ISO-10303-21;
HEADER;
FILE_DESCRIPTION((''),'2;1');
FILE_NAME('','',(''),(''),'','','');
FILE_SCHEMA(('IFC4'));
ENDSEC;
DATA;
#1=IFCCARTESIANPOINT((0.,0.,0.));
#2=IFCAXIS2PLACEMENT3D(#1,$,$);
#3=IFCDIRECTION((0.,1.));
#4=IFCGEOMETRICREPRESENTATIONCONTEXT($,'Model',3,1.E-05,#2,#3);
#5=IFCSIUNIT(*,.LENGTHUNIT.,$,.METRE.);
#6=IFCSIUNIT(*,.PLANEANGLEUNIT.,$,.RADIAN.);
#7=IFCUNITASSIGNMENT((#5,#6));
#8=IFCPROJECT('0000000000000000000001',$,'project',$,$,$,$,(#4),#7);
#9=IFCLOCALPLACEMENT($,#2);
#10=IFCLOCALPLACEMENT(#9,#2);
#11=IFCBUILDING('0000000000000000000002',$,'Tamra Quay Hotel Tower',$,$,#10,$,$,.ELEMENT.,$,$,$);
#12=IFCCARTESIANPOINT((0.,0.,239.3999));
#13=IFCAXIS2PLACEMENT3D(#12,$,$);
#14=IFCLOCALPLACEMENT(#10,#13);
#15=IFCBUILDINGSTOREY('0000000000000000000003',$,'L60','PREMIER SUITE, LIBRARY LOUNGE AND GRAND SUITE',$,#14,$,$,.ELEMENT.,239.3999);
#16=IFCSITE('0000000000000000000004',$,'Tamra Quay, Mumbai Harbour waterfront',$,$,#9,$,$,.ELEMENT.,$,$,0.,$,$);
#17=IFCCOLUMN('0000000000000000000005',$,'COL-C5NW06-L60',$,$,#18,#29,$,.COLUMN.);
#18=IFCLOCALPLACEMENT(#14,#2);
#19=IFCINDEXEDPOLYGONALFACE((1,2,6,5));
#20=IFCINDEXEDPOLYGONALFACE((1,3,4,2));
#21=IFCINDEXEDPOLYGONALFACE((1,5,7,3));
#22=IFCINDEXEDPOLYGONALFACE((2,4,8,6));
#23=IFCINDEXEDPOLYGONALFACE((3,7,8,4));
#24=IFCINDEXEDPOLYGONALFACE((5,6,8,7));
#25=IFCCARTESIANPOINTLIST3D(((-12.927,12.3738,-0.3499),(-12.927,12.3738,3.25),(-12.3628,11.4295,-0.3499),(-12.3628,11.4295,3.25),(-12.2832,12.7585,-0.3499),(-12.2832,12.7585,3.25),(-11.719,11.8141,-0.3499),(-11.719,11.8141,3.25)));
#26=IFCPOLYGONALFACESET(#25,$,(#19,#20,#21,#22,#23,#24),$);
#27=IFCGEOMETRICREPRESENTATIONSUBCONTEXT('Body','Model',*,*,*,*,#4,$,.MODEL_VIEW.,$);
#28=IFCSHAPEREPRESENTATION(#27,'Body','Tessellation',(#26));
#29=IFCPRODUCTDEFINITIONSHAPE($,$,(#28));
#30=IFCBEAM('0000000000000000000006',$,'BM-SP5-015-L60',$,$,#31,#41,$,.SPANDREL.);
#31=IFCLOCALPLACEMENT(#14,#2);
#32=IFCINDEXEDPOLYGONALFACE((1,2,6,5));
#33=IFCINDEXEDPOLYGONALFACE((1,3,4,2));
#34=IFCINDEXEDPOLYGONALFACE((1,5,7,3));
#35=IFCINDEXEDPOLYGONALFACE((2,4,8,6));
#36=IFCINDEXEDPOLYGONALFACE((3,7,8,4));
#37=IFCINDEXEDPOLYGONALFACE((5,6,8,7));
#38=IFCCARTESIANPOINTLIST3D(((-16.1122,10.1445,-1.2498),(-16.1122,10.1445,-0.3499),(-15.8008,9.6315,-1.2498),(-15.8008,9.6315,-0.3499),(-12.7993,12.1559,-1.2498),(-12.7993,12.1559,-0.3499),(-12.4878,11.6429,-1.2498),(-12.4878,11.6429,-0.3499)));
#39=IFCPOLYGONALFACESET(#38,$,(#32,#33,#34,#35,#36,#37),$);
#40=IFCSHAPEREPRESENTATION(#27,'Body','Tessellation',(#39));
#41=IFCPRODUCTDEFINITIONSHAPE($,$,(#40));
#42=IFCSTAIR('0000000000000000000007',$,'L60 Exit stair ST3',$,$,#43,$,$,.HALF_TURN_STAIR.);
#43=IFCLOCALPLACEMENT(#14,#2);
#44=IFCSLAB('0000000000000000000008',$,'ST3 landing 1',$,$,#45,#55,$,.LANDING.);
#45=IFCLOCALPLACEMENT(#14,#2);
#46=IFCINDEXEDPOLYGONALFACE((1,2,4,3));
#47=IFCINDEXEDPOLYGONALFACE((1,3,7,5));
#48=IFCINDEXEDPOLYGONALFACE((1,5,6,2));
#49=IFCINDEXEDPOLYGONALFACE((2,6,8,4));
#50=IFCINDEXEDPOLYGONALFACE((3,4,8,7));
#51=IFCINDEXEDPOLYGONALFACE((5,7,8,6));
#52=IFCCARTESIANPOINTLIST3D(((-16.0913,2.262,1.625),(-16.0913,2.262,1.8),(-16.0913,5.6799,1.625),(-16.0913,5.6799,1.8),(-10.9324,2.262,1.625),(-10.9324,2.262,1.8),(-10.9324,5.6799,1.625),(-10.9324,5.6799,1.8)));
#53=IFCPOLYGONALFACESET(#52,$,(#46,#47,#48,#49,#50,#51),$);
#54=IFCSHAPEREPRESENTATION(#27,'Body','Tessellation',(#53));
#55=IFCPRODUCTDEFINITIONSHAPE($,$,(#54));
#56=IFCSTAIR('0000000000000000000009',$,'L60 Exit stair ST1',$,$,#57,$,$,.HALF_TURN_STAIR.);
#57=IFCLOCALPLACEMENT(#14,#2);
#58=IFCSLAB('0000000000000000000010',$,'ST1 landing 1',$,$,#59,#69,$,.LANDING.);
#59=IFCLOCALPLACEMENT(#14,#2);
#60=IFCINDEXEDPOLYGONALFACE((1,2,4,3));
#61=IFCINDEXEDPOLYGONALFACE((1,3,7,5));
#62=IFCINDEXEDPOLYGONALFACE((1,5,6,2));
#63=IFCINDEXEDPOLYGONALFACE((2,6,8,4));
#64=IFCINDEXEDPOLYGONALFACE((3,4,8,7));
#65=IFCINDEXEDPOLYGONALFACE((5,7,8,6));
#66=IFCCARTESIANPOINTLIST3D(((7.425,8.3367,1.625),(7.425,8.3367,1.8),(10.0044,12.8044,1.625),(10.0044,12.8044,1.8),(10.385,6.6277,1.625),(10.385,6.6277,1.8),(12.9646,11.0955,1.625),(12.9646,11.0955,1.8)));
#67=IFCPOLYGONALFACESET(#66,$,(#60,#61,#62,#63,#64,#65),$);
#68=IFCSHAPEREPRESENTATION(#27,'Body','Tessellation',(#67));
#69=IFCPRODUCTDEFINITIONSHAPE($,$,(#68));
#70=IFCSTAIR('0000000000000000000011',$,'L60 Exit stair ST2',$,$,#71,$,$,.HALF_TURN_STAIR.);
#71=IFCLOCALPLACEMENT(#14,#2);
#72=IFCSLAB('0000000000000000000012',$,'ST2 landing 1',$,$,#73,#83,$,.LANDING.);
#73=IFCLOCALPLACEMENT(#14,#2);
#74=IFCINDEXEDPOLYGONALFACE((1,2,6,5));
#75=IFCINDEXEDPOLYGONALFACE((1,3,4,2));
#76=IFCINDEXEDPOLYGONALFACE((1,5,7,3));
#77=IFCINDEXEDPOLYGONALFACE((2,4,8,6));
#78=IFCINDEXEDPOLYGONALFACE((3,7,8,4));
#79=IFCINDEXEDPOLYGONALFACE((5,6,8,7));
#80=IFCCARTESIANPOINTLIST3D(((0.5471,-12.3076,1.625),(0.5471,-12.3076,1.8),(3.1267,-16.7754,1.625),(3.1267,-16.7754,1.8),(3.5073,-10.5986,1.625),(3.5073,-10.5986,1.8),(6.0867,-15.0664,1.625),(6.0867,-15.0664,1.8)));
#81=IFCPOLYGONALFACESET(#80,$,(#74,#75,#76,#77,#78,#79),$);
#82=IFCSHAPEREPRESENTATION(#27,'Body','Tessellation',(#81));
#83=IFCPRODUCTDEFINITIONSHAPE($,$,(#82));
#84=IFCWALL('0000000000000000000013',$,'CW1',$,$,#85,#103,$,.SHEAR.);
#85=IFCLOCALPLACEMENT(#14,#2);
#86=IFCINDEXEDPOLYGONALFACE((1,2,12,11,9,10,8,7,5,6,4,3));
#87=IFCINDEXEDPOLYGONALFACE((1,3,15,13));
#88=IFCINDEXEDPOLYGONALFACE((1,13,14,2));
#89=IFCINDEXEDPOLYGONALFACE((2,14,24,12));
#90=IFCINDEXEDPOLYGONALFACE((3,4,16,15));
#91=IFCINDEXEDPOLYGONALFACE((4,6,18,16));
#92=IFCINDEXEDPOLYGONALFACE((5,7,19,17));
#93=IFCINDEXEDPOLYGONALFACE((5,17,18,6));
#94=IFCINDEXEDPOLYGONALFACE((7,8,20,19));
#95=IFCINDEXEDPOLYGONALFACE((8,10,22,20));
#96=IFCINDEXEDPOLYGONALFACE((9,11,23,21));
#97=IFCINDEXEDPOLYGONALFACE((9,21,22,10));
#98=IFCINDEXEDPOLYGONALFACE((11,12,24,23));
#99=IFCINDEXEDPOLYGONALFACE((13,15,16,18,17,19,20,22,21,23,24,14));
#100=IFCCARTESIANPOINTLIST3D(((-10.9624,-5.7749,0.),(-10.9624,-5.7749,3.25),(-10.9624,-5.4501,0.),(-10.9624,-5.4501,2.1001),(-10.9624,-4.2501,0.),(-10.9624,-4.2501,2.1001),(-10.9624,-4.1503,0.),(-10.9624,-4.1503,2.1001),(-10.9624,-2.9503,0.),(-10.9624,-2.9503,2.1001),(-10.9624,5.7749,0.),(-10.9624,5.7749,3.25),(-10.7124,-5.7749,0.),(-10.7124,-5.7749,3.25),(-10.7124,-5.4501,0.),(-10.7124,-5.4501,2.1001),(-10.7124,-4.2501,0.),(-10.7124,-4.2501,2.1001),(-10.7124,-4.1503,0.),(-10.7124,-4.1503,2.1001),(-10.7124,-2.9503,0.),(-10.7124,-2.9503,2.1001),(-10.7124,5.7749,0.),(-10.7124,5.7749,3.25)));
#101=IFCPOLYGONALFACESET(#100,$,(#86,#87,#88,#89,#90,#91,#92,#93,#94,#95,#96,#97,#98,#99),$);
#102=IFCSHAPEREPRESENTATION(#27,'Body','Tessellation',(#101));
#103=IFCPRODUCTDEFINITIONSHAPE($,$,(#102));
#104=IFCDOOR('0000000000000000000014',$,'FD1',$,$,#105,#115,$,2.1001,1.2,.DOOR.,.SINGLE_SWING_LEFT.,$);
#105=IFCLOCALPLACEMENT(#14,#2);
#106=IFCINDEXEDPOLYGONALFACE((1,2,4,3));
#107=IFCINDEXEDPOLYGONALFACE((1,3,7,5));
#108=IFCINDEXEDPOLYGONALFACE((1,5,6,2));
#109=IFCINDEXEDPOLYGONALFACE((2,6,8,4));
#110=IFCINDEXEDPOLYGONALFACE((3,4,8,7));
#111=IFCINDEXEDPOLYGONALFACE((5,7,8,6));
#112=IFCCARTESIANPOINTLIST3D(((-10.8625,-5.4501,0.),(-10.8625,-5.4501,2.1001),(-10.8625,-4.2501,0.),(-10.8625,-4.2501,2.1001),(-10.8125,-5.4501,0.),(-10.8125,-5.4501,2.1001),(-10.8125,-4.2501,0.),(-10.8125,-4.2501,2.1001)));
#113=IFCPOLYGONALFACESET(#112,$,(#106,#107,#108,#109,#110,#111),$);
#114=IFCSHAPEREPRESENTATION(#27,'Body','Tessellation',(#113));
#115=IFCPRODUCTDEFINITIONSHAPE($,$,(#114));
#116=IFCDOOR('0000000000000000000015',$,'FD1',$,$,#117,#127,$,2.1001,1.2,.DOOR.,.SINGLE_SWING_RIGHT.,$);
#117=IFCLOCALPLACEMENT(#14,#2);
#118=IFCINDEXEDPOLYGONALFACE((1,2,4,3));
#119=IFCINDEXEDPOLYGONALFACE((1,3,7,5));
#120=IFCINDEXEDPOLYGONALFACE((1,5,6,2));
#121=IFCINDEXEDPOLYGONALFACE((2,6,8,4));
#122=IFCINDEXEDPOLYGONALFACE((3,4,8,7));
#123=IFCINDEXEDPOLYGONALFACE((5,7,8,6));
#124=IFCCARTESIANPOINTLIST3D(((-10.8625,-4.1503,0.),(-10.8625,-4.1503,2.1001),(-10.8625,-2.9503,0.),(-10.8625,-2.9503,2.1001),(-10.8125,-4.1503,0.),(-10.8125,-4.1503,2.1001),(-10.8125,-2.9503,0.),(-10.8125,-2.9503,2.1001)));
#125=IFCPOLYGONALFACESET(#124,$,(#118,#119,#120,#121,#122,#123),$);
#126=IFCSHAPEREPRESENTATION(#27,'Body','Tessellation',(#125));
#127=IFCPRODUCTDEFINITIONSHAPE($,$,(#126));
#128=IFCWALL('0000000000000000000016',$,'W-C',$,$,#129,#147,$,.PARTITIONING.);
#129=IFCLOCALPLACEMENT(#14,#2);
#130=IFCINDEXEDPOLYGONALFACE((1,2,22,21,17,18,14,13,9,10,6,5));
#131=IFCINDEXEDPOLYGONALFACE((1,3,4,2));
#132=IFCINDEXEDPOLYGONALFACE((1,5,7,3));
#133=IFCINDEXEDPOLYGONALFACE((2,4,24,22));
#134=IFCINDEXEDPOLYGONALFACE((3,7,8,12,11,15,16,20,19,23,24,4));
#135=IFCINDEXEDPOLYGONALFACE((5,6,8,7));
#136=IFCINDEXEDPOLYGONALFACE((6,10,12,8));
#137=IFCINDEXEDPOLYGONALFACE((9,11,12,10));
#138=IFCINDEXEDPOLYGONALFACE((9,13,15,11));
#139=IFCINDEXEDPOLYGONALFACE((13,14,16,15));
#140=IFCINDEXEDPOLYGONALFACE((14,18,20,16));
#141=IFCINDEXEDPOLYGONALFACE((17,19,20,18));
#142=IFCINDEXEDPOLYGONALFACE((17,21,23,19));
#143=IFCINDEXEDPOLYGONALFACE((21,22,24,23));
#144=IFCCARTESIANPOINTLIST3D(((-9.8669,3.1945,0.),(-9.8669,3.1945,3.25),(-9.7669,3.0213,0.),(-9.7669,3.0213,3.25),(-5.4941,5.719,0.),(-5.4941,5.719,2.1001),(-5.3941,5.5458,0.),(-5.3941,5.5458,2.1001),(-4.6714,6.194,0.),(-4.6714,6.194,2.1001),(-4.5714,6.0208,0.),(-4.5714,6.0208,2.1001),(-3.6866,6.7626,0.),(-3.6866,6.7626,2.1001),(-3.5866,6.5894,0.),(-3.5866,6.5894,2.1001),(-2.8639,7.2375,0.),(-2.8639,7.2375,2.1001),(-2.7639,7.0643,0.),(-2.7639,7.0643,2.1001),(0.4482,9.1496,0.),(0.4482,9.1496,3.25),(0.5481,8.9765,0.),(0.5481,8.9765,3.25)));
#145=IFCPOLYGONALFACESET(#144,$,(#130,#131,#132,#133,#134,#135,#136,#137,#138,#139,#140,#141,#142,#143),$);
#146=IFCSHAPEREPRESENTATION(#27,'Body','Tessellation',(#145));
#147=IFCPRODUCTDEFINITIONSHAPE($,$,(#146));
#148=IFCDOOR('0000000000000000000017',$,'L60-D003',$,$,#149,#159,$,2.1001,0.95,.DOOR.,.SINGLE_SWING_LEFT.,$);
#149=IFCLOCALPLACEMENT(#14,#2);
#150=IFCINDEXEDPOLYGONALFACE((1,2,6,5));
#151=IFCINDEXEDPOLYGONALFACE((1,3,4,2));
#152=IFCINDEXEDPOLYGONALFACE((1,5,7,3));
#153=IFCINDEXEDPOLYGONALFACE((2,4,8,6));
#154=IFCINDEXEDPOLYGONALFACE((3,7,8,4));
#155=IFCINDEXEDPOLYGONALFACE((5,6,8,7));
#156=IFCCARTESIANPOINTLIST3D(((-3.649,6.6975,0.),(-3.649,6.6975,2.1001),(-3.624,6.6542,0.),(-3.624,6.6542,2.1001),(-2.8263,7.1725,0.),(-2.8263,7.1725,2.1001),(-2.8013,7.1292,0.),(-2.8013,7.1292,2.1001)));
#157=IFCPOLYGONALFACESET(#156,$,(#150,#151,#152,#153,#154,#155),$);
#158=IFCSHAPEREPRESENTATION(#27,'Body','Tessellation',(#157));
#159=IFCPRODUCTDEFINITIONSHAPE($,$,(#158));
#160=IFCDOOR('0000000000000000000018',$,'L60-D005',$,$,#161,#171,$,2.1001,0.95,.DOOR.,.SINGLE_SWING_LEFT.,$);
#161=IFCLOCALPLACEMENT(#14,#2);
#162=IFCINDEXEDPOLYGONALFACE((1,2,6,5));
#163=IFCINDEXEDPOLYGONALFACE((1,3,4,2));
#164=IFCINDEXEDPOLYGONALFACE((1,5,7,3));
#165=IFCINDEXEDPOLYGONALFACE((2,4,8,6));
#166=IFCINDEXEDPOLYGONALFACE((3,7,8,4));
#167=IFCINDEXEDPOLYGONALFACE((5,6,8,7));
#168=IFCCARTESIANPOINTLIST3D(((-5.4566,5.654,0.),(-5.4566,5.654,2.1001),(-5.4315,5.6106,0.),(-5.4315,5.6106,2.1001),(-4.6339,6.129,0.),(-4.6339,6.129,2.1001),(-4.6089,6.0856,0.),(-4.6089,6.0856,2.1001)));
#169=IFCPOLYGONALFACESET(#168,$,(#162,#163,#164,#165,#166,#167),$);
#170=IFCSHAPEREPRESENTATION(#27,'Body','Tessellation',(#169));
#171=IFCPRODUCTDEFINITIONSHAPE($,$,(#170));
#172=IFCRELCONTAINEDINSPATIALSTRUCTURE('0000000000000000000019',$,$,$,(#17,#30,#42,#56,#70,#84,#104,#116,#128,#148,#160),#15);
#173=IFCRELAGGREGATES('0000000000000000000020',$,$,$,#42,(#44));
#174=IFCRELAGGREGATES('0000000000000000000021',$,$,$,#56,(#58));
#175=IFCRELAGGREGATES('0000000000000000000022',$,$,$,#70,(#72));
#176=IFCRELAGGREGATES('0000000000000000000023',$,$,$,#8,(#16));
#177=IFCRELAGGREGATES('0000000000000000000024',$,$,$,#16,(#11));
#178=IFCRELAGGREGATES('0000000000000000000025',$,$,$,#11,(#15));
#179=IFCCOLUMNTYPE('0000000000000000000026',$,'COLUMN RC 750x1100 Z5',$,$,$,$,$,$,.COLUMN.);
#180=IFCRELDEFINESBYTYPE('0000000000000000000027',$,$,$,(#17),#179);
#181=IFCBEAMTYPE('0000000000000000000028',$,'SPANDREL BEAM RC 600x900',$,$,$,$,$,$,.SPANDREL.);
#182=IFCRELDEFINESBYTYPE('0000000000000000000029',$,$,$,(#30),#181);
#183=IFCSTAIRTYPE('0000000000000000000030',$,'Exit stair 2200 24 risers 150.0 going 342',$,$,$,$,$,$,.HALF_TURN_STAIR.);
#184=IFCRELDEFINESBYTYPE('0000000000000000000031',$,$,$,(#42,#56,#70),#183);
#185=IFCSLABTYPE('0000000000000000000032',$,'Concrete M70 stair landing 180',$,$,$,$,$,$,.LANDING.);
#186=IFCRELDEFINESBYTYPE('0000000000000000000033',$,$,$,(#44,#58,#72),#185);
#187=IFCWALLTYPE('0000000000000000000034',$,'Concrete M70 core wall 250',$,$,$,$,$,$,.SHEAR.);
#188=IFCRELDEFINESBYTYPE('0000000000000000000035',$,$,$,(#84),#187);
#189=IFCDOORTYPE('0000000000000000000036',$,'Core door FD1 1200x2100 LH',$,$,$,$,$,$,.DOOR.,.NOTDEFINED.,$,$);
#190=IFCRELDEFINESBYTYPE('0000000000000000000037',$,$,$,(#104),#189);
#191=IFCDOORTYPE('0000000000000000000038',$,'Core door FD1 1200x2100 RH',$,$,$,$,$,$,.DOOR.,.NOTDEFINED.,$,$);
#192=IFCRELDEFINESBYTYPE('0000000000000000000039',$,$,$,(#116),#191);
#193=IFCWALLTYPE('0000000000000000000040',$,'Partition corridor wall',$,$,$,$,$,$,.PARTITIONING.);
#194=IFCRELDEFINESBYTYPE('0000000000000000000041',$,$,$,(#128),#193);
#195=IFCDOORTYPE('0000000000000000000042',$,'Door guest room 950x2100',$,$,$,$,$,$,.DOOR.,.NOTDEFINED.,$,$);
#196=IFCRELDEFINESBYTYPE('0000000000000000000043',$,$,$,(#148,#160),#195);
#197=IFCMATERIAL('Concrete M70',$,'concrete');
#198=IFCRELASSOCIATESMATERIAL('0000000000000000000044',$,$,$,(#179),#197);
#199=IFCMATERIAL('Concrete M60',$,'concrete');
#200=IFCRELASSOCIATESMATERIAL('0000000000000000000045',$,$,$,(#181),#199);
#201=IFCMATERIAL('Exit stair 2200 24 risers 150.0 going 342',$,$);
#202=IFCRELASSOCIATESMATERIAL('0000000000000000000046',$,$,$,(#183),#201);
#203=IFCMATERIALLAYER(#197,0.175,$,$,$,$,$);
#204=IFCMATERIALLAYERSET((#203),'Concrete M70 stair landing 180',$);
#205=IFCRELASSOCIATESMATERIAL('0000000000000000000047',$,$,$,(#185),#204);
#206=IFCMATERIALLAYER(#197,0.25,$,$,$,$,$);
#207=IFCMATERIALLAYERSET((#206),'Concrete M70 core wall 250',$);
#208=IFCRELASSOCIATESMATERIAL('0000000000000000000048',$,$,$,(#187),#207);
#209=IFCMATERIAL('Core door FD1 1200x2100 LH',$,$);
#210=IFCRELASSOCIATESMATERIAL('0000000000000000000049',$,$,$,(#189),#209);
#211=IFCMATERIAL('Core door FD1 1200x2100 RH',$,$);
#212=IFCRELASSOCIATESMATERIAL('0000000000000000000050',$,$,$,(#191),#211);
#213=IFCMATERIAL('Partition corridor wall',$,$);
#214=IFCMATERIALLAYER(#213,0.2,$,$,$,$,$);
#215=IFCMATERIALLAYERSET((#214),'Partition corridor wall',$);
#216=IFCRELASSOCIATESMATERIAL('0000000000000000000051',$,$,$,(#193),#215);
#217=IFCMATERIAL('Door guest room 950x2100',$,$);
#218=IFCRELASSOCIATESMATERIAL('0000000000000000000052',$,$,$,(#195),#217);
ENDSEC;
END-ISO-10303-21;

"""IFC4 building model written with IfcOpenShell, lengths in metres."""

from ifc_helpers import new_model, si_unit, direction, frame, frame_2d, origin, origin_2d, place, context, subcontext, project, spatial, polyline, rectangle, outline, extrude, material, layer, layer_set, material_profile, profile_set, type_object, element, fill, aggregate, save


model = new_model("IFC4")

# Units and contexts
model_context = context("Model", 3, precision=1e-05, world=origin(), true_north=direction((0.0, 1.0)))
body_context = subcontext(model_context, "Body", "Model", "MODEL_VIEW")
ifc_project = project(units=[si_unit("LENGTHUNIT", "METRE"), si_unit("PLANEANGLEUNIT", "RADIAN")], contexts=[model_context])

# Site, building, storey
site_placement = place(None, origin())
site = spatial("IfcSite", under=ifc_project, at=site_placement, Name="Tamra Quay, Mumbai Harbour waterfront", CompositionType="ELEMENT", RefElevation=0.0)
building_placement = place(site_placement, origin())
building = spatial("IfcBuilding", under=site, at=building_placement, Name="Tamra Quay Hotel Tower", CompositionType="ELEMENT")
storey_placement = place(building_placement, frame((0.0, 0.0, 239.3999)))
storey = spatial("IfcBuildingStorey", under=building, at=storey_placement, Name="L60", Description="PREMIER SUITE, LIBRARY LOUNGE AND GRAND SUITE", CompositionType="ELEMENT", Elevation=239.3999)

# Column
ifc_material_1 = material(Name="Concrete M70", Category="concrete")
ifc_material_profile_1 = material_profile(ifc_material_1, rectangle(XDim=1.1001, YDim=0.75, at=origin_2d()), Name="COLUMN RC 750x1100 Z5")
ifc_profile_set_1 = profile_set([ifc_material_profile_1], Name="Concrete M70")
column_type = type_object("IfcColumnType", Name="COLUMN RC 750x1100 Z5", PredefinedType="COLUMN", material=ifc_profile_set_1)
column_placement = place(storey_placement, frame((-12.323, 12.094, -0.3499), z_axis=(0.0, 0.0, 1.0), x_axis=(-0.512899, 0.858449, 0.0)))
element("IfcColumn", 1, at=column_placement, inside=storey, type_object=column_type, Name="COL-C5NW06-L60", PredefinedType="COLUMN", context=body_context, shape_type="SweptSolid", body=[
    extrude(rectangle(XDim=1.1001, YDim=0.75, at=origin_2d()), origin(), (0.0, 0.0, 1.0), 3.5999),
])

# Beam
ifc_material_2 = material(Name="Concrete M60", Category="concrete")
ifc_material_profile_2 = material_profile(ifc_material_2, rectangle(XDim=0.6001, YDim=0.8999, at=origin_2d()), Name="SPANDREL BEAM RC 600x900")
ifc_profile_set_2 = profile_set([ifc_material_profile_2], Name="Concrete M60")
beam_type = type_object("IfcBeamType", Name="SPANDREL BEAM RC 600x900", PredefinedType="SPANDREL", material=ifc_profile_set_2)
beam_placement = place(storey_placement, frame((-12.6436, 11.8994, -0.7998), z_axis=(-0.854786, -0.518981, 0.0), x_axis=(0.518981, -0.854786, 0.0)))
element("IfcBeam", 2, at=beam_placement, inside=storey, type_object=beam_type, Name="BM-SP5-015-L60", PredefinedType="SPANDREL", context=body_context, shape_type="SweptSolid", body=[
    extrude(rectangle(XDim=0.6001, YDim=0.8999, at=origin_2d()), origin(), (0.0, 0.0, 1.0), 3.8757),
])

# Stairs, slabs
ifc_material_3 = material(Name="Exit stair 2200 24 risers 150.0 going 342")
stair_type = type_object("IfcStairType", Name="Exit stair 2200 24 risers 150.0 going 342", PredefinedType="HALF_TURN_STAIR", material=ifc_material_3)
stair_1_placement = place(storey_placement, origin())
stair_1 = element("IfcStair", 3, at=stair_1_placement, inside=storey, type_object=stair_type, Name="L60 Exit stair ST3", PredefinedType="HALF_TURN_STAIR")
ifc_layer_1 = layer(ifc_material_1, 0.175)
ifc_layer_set_1 = layer_set([ifc_layer_1], Name="Concrete M70 stair landing 180")
slab_type_1 = type_object("IfcSlabType", Name="Concrete M70 stair landing 180", PredefinedType="LANDING", material=ifc_layer_set_1)
slab_1_placement = place(storey_placement, frame((0.0, 0.0, 1.625)))
slab_1 = element("IfcSlab", 4, at=slab_1_placement, type_object=slab_type_1, Name="ST3 landing 1", PredefinedType="LANDING", context=body_context, shape_type="SweptSolid", body=[
    extrude(outline(polyline([(-10.9324, 2.262), (-10.9324, 5.6799), (-16.0913, 5.6799), (-16.0913, 2.262), (-10.9324, 2.262)])), origin(), (0.0, 0.0, 1.0), 0.175),
])
aggregate(stair_1, [slab_1])
stair_2_placement = place(storey_placement, origin())
stair_2 = element("IfcStair", 5, at=stair_2_placement, inside=storey, type_object=stair_type, Name="L60 Exit stair ST1", PredefinedType="HALF_TURN_STAIR")
slab_2_placement = place(storey_placement, frame((0.0, 0.0, 1.625)))
slab_2 = element("IfcSlab", 6, at=slab_2_placement, type_object=slab_type_1, Name="ST1 landing 1", PredefinedType="LANDING", context=body_context, shape_type="SweptSolid", body=[
    extrude(outline(polyline([(7.425, 8.3367), (10.385, 6.6277), (12.9646, 11.0955), (10.0044, 12.8044), (7.425, 8.3367)])), origin(), (0.0, 0.0, 1.0), 0.175),
])
aggregate(stair_2, [slab_2])
stair_3_placement = place(storey_placement, origin())
stair_3 = element("IfcStair", 7, at=stair_3_placement, inside=storey, type_object=stair_type, Name="L60 Exit stair ST2", PredefinedType="HALF_TURN_STAIR")
slab_3_placement = place(storey_placement, frame((0.0, 0.0, 1.625)))
slab_3 = element("IfcSlab", 8, at=slab_3_placement, type_object=slab_type_1, Name="ST2 landing 1", PredefinedType="LANDING", context=body_context, shape_type="SweptSolid", body=[
    extrude(outline(polyline([(3.5073, -10.5986), (0.5471, -12.3076), (3.1267, -16.7754), (6.0867, -15.0664), (3.5073, -10.5986)])), origin(), (0.0, 0.0, 1.0), 0.175),
])
aggregate(stair_3, [slab_3])

# Walls, openings, doors
ifc_layer_2 = layer(ifc_material_1, 0.25)
ifc_layer_set_2 = layer_set([ifc_layer_2], Name="Concrete M70 core wall 250")
wall_type_1 = type_object("IfcWallType", Name="Concrete M70 core wall 250", PredefinedType="SHEAR", material=ifc_layer_set_2)
wall_1_placement = place(storey_placement, frame((-10.8374, 5.7749, 0.0), z_axis=(0.0, 0.0, 1.0), x_axis=(0.0, -1.0, 0.0)))
wall_1 = element("IfcWall", 9, at=wall_1_placement, inside=storey, type_object=wall_type_1, Name="CW1", PredefinedType="SHEAR", context=body_context, shape_type="SweptSolid", body=[
    extrude(rectangle(XDim=11.5498, YDim=0.25, at=frame_2d((5.7749, 0.0))), origin(), (0.0, 0.0, 1.0), 3.25),
])
opening_1_placement = place(wall_1_placement, frame((10.0249, 0.0, 0.0)))
opening_1 = element("IfcOpeningElement", 10, at=opening_1_placement, cuts=wall_1, PredefinedType="OPENING", context=body_context, shape_type="SweptSolid", body=[
    extrude(rectangle(XDim=1.2, YDim=2.1001, at=frame_2d((0.6001, 1.05))), frame((0.0, 0.135, 0.0), z_axis=(0.0, -1.0, 0.0), x_axis=(1.0, 0.0, 0.0)), (0.0, 0.0, 1.0), 0.27),
])
opening_2_placement = place(wall_1_placement, frame((8.7251, 0.0, 0.0)))
opening_2 = element("IfcOpeningElement", 11, at=opening_2_placement, cuts=wall_1, PredefinedType="OPENING", context=body_context, shape_type="SweptSolid", body=[
    extrude(rectangle(XDim=1.2, YDim=2.1001, at=frame_2d((0.6001, 1.05))), frame((0.0, 0.135, 0.0), z_axis=(0.0, -1.0, 0.0), x_axis=(1.0, 0.0, 0.0)), (0.0, 0.0, 1.0), 0.27),
])
ifc_material_4 = material(Name="Core door FD1 1200x2100 LH")
door_type_1 = type_object("IfcDoorType", Name="Core door FD1 1200x2100 LH", OperationType="NOTDEFINED", PredefinedType="DOOR", material=ifc_material_4)
door_1_placement = place(opening_1_placement, origin())
door_1 = element("IfcDoor", 12, at=door_1_placement, inside=storey, type_object=door_type_1, Name="FD1", OperationType="SINGLE_SWING_LEFT", OverallHeight=2.1001, OverallWidth=1.2, PredefinedType="DOOR", context=body_context, shape_type="SweptSolid", body=[
    extrude(rectangle(XDim=1.2, YDim=2.1001, at=frame_2d((0.6001, 1.05))), frame((0.0, 0.0249, 0.0), z_axis=(0.0, -1.0, 0.0), x_axis=(1.0, 0.0, 0.0)), (0.0, 0.0, 1.0), 0.05),
])
fill(opening_1, door_1)
ifc_material_5 = material(Name="Core door FD1 1200x2100 RH")
door_type_2 = type_object("IfcDoorType", Name="Core door FD1 1200x2100 RH", OperationType="NOTDEFINED", PredefinedType="DOOR", material=ifc_material_5)
door_2_placement = place(opening_2_placement, origin())
door_2 = element("IfcDoor", 13, at=door_2_placement, inside=storey, type_object=door_type_2, Name="FD1", OperationType="SINGLE_SWING_RIGHT", OverallHeight=2.1001, OverallWidth=1.2, PredefinedType="DOOR", context=body_context, shape_type="SweptSolid", body=[
    extrude(rectangle(XDim=1.2, YDim=2.1001, at=frame_2d((0.6001, 1.05))), frame((0.0, 0.0249, 0.0), z_axis=(0.0, -1.0, 0.0), x_axis=(1.0, 0.0, 0.0)), (0.0, 0.0, 1.0), 0.05),
])
fill(opening_2, door_2)
ifc_material_6 = material(Name="Partition corridor wall")
ifc_layer_3 = layer(ifc_material_6, 0.2)
ifc_layer_set_3 = layer_set([ifc_layer_3], Name="Partition corridor wall")
wall_type_2 = type_object("IfcWallType", Name="Partition corridor wall", PredefinedType="PARTITIONING", material=ifc_layer_set_3)
wall_2_placement = place(storey_placement, frame((-9.8169, 3.1079, 0.0), z_axis=(0.0, 0.0, 1.0), x_axis=(0.866035, 0.499984, 0.0)))
wall_2 = element("IfcWall", 14, at=wall_2_placement, inside=storey, type_object=wall_type_2, Name="W-C", PredefinedType="PARTITIONING", context=body_context, shape_type="SweptSolid", body=[
    extrude(rectangle(XDim=11.9106, YDim=0.2, at=frame_2d((5.9553, 0.0))), origin(), (0.0, 0.0, 1.0), 3.25),
])
opening_3_placement = place(wall_2_placement, frame((7.1362, 0.0, 0.0)))
opening_3 = element("IfcOpeningElement", 15, at=opening_3_placement, cuts=wall_2, PredefinedType="OPENING", context=body_context, shape_type="SweptSolid", body=[
    extrude(rectangle(XDim=0.95, YDim=2.1001, at=frame_2d((0.4751, 1.05))), frame((0.0, 0.1099, 0.0), z_axis=(0.0, -1.0, 0.0), x_axis=(1.0, 0.0, 0.0)), (0.0, 0.0, 1.0), 0.22),
])
opening_4_placement = place(wall_2_placement, frame((5.0491, 0.0, 0.0)))
opening_4 = element("IfcOpeningElement", 16, at=opening_4_placement, cuts=wall_2, PredefinedType="OPENING", context=body_context, shape_type="SweptSolid", body=[
    extrude(rectangle(XDim=0.95, YDim=2.1001, at=frame_2d((0.4751, 1.05))), frame((0.0, 0.1099, 0.0), z_axis=(0.0, -1.0, 0.0), x_axis=(1.0, 0.0, 0.0)), (0.0, 0.0, 1.0), 0.22),
])
ifc_material_7 = material(Name="Door guest room 950x2100")
door_type_3 = type_object("IfcDoorType", Name="Door guest room 950x2100", OperationType="NOTDEFINED", PredefinedType="DOOR", material=ifc_material_7)
door_3_placement = place(opening_3_placement, origin())
door_3 = element("IfcDoor", 17, at=door_3_placement, inside=storey, type_object=door_type_3, Name="L60-D003", OperationType="SINGLE_SWING_LEFT", OverallHeight=2.1001, OverallWidth=0.95, PredefinedType="DOOR", context=body_context, shape_type="SweptSolid", body=[
    extrude(rectangle(XDim=0.95, YDim=2.1001, at=frame_2d((0.4751, 1.05))), frame((0.0, 0.0249, 0.0), z_axis=(0.0, -1.0, 0.0), x_axis=(1.0, 0.0, 0.0)), (0.0, 0.0, 1.0), 0.05),
])
fill(opening_3, door_3)
door_4_placement = place(opening_4_placement, origin())
door_4 = element("IfcDoor", 18, at=door_4_placement, inside=storey, type_object=door_type_3, Name="L60-D005", OperationType="SINGLE_SWING_LEFT", OverallHeight=2.1001, OverallWidth=0.95, PredefinedType="DOOR", context=body_context, shape_type="SweptSolid", body=[
    extrude(rectangle(XDim=0.95, YDim=2.1001, at=frame_2d((0.4751, 1.05))), frame((0.0, 0.0249, 0.0), z_axis=(0.0, -1.0, 0.0), x_axis=(1.0, 0.0, 0.0)), (0.0, 0.0, 1.0), 0.05),
])
fill(opening_4, door_4)

save(model, "model.ifc")
